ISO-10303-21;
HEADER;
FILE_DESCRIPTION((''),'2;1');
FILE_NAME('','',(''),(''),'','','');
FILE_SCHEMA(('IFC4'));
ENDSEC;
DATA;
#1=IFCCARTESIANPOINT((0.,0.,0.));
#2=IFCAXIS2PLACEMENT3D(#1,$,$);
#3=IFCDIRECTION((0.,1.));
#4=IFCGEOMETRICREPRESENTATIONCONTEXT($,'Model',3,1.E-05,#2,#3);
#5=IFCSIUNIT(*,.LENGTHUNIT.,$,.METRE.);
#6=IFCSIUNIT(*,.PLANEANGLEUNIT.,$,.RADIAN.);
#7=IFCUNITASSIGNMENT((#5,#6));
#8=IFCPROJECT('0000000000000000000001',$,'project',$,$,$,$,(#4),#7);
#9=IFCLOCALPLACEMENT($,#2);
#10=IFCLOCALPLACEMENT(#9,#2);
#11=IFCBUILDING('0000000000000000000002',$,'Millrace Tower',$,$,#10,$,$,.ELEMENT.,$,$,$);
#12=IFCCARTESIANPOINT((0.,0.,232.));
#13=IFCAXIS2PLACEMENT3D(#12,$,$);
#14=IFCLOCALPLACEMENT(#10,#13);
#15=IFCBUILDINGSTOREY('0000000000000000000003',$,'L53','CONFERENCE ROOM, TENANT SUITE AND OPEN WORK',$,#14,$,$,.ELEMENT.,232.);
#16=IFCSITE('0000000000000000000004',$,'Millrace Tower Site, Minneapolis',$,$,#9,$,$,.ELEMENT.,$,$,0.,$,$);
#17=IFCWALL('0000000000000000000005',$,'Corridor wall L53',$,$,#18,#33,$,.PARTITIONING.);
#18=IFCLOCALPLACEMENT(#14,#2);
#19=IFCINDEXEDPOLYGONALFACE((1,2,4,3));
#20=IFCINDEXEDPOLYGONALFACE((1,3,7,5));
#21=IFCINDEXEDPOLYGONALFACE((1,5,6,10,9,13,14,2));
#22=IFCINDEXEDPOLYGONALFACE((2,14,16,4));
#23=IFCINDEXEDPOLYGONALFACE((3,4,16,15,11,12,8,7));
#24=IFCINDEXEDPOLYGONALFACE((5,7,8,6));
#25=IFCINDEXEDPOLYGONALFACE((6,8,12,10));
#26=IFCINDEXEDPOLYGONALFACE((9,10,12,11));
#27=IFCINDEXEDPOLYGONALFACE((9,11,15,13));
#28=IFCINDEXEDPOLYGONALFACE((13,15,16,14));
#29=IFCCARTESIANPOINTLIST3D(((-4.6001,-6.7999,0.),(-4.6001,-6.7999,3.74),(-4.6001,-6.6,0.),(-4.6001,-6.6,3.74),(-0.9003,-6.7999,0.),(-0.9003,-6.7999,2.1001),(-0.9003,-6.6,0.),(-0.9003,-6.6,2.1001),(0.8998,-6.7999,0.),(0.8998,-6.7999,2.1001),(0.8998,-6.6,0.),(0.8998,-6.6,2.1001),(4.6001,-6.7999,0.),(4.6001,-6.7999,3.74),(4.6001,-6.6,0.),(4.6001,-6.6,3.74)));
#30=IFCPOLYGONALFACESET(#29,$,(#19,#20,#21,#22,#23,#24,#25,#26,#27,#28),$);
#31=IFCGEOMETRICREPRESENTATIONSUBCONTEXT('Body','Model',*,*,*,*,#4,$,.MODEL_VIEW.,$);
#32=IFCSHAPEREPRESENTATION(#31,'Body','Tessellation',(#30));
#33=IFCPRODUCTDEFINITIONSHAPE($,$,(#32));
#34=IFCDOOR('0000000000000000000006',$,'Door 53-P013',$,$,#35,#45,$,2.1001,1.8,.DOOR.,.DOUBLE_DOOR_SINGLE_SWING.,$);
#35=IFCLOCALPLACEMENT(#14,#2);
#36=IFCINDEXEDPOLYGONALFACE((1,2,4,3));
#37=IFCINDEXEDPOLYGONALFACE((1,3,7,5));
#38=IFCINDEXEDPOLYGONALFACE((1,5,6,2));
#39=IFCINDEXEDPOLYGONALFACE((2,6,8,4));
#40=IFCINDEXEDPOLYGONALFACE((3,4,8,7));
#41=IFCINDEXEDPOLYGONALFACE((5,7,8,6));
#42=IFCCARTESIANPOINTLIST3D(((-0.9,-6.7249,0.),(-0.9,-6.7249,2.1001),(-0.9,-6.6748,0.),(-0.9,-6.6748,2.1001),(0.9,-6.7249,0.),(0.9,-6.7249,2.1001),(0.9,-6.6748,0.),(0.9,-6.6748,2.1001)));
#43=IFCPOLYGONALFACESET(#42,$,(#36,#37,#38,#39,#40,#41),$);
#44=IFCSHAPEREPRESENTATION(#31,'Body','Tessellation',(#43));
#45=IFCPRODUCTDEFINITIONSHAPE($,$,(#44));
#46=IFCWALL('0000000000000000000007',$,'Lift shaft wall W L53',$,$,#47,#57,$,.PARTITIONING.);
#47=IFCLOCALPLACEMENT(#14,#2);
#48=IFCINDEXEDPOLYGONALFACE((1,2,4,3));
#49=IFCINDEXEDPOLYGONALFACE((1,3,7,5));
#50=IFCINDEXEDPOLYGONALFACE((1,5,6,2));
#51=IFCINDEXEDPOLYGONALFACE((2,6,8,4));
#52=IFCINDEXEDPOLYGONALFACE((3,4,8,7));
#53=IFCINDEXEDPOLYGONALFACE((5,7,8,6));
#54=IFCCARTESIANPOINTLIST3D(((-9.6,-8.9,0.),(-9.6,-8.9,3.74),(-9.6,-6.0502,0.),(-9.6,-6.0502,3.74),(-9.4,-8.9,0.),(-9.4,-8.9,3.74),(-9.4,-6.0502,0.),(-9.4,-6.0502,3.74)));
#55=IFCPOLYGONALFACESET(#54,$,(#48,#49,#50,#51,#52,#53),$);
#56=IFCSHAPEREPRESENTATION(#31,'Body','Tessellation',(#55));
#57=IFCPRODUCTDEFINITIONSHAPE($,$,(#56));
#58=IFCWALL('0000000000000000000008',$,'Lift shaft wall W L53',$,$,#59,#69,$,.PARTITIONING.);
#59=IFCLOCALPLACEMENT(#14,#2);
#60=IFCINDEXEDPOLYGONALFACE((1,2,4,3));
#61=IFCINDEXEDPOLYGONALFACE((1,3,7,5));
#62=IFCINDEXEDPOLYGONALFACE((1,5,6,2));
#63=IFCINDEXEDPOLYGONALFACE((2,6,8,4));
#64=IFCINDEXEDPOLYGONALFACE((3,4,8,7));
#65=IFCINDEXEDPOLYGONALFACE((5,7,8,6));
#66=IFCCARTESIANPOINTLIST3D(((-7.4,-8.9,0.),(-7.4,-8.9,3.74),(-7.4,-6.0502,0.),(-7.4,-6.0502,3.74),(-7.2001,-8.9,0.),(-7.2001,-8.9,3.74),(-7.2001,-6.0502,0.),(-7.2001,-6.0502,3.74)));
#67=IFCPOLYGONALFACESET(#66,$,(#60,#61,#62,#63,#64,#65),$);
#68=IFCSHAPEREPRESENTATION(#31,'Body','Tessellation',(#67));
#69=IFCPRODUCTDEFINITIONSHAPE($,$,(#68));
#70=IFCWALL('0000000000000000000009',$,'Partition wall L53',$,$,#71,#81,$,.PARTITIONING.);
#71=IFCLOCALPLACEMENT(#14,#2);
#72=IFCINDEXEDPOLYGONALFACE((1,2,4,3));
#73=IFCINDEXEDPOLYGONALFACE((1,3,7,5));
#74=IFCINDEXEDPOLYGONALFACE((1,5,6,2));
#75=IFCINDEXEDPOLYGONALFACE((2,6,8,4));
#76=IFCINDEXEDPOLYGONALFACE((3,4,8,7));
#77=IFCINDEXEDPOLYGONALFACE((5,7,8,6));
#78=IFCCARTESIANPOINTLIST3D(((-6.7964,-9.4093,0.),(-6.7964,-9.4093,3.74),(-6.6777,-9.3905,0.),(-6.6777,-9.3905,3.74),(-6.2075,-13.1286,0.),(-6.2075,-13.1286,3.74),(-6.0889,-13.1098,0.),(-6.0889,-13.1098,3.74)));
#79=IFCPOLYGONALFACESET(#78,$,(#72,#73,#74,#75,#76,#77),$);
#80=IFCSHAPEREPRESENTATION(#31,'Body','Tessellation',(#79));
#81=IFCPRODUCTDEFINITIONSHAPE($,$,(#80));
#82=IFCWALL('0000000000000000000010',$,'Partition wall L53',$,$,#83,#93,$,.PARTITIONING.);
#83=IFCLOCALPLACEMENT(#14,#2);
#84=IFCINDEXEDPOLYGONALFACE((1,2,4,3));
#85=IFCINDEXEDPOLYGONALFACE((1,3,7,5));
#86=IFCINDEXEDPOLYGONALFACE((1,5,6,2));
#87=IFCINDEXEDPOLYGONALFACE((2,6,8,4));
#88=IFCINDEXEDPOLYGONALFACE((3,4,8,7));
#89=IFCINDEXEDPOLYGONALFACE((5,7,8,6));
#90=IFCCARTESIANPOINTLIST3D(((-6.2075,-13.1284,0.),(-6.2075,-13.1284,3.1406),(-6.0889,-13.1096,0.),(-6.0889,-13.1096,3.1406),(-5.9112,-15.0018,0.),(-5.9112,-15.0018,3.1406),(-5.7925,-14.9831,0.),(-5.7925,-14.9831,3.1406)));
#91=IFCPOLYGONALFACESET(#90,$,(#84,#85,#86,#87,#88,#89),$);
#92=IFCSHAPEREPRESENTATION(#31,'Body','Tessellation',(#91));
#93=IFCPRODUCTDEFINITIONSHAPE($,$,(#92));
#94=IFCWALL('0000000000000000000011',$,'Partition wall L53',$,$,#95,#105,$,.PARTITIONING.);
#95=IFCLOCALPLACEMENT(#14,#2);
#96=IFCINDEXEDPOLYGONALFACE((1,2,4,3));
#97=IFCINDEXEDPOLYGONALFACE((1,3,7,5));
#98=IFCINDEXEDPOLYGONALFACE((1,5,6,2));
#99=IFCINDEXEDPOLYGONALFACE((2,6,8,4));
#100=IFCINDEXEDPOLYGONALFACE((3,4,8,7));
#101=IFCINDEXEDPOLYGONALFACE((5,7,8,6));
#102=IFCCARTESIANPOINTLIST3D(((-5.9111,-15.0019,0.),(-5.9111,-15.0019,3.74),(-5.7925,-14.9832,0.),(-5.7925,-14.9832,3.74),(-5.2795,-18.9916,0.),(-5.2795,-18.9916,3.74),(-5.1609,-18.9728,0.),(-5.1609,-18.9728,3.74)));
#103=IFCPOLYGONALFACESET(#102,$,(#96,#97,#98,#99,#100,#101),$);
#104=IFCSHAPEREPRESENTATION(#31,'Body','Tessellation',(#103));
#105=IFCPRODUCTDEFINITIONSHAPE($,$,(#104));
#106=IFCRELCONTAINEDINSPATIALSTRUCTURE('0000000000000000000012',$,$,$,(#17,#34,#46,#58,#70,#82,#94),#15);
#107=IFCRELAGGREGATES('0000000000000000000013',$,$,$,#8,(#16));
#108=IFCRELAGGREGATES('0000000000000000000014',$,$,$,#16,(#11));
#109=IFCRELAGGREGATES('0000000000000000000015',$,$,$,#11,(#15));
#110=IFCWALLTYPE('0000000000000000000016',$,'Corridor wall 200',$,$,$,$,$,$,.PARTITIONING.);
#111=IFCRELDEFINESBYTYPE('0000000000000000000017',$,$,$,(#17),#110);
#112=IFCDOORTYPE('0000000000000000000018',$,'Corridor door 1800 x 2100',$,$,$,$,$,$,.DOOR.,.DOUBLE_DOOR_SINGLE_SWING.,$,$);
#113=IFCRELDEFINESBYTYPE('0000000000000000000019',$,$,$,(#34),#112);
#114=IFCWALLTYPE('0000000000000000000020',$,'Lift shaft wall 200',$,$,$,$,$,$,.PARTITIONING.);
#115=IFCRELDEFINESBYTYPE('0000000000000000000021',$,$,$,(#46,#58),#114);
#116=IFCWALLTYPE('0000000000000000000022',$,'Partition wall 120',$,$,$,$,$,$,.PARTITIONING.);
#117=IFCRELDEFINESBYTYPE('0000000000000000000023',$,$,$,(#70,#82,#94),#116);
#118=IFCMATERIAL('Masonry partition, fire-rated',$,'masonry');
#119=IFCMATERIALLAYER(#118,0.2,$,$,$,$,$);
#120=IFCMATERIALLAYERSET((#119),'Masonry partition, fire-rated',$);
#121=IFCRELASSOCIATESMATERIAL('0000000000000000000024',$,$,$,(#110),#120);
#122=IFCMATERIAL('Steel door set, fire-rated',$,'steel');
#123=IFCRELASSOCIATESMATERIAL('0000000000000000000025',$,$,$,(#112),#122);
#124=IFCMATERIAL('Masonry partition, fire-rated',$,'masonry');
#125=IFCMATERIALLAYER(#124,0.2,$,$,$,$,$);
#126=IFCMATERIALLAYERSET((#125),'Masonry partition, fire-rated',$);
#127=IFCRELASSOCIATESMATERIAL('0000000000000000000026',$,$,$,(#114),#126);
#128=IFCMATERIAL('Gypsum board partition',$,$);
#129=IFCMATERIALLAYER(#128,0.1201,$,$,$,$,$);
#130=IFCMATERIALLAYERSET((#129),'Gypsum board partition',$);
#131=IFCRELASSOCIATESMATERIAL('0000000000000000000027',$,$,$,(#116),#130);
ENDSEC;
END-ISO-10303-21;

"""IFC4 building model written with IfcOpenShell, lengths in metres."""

from ifc_helpers import new_model, si_unit, direction, frame, frame_2d, origin, place, context, subcontext, project, spatial, rectangle, extrude, material, layer, layer_set, type_object, element, fill, save


model = new_model("IFC4")

# Units and contexts
model_context = context("Model", 3, precision=1e-05, world=origin(), true_north=direction((0.0, 1.0)))
body_context = subcontext(model_context, "Body", "Model", "MODEL_VIEW")
ifc_project = project(units=[si_unit("LENGTHUNIT", "METRE"), si_unit("PLANEANGLEUNIT", "RADIAN")], contexts=[model_context])

# Site, building, storey
site_placement = place(None, origin())
site = spatial("IfcSite", under=ifc_project, at=site_placement, Name="Millrace Tower Site, Minneapolis", CompositionType="ELEMENT", RefElevation=0.0)
building_placement = place(site_placement, origin())
building = spatial("IfcBuilding", under=site, at=building_placement, Name="Millrace Tower", CompositionType="ELEMENT")
storey_placement = place(building_placement, frame((0.0, 0.0, 232.0)))
storey = spatial("IfcBuildingStorey", under=building, at=storey_placement, Name="L53", Description="CONFERENCE ROOM, TENANT SUITE AND OPEN WORK", CompositionType="ELEMENT", Elevation=232.0)

# Wall, opening, door
ifc_material_1 = material(Name="Masonry partition, fire-rated", Category="masonry")
ifc_layer_1 = layer(ifc_material_1, 0.2)
ifc_layer_set_1 = layer_set([ifc_layer_1], Name="Masonry partition, fire-rated")
wall_type_1 = type_object("IfcWallType", Name="Corridor wall 200", PredefinedType="PARTITIONING", material=ifc_layer_set_1)
wall_1_placement = place(storey_placement, frame((-4.6001, -6.7, 0.0), z_axis=(0.0, 0.0, 1.0), x_axis=(1.0, 0.0, 0.0)))
wall_1 = element("IfcWall", 1, at=wall_1_placement, inside=storey, type_object=wall_type_1, Name="Corridor wall L53", PredefinedType="PARTITIONING", context=body_context, shape_type="SweptSolid", body=[
    extrude(rectangle(XDim=9.2002, YDim=0.2, at=frame_2d((4.6001, 0.0))), origin(), (0.0, 0.0, 1.0), 3.74),
])
opening_placement = place(wall_1_placement, frame((3.7, 0.0, 0.0)))
opening = element("IfcOpeningElement", 2, at=opening_placement, cuts=wall_1, PredefinedType="OPENING", context=body_context, shape_type="SweptSolid", body=[
    extrude(rectangle(XDim=1.8, YDim=2.1001, at=frame_2d((0.8999, 1.05))), frame((0.0, 0.1099, 0.0), z_axis=(0.0, -1.0, 0.0), x_axis=(1.0, 0.0, 0.0)), (0.0, 0.0, 1.0), 0.22),
])
ifc_material_2 = material(Name="Steel door set, fire-rated", Category="steel")
door_type = type_object("IfcDoorType", Name="Corridor door 1800 x 2100", OperationType="DOUBLE_DOOR_SINGLE_SWING", PredefinedType="DOOR", material=ifc_material_2)
door_placement = place(opening_placement, frame((1.8, 0.0, 0.0), z_axis=(0.0, 0.0, 1.0), x_axis=(-1.0, 0.0, 0.0)))
door = element("IfcDoor", 3, at=door_placement, inside=storey, type_object=door_type, Name="Door 53-P013", OperationType="DOUBLE_DOOR_SINGLE_SWING", OverallHeight=2.1001, OverallWidth=1.8, PredefinedType="DOOR", context=body_context, shape_type="SweptSolid", body=[
    extrude(rectangle(XDim=1.8, YDim=2.1001, at=frame_2d((0.8999, 1.05))), frame((0.0, 0.0249, 0.0), z_axis=(0.0, -1.0, 0.0), x_axis=(1.0, 0.0, 0.0)), (0.0, 0.0, 1.0), 0.05),
])
fill(opening, door)

# Walls
ifc_material_3 = material(Name="Masonry partition, fire-rated", Category="masonry")
ifc_layer_2 = layer(ifc_material_3, 0.2)
ifc_layer_set_2 = layer_set([ifc_layer_2], Name="Masonry partition, fire-rated")
wall_type_2 = type_object("IfcWallType", Name="Lift shaft wall 200", PredefinedType="PARTITIONING", material=ifc_layer_set_2)
for number, where, z_axis, x_axis, name in (
    (4, (-9.5, -8.8999, 0.0), (0.0, 0.0, 1.0), (0.0, 1.0, 0.0), "Lift shaft wall W L53"),
    (5, (-7.3, -8.8999, 0.0), (0.0, 0.0, 1.0), (0.0, 1.0, 0.0), "Lift shaft wall W L53"),
):
    element("IfcWall", number, at=place(storey_placement, frame(where, z_axis=z_axis, x_axis=x_axis)), inside=storey, type_object=wall_type_2, Name=name, PredefinedType="PARTITIONING", context=body_context, shape_type="SweptSolid", body=[
        extrude(rectangle(XDim=2.8499, YDim=0.2, at=frame_2d((1.4248, 0.0))), origin(), (0.0, 0.0, 1.0), 3.74),
    ])
ifc_material_4 = material(Name="Gypsum board partition")
ifc_layer_3 = layer(ifc_material_4, 0.1201)
ifc_layer_set_3 = layer_set([ifc_layer_3], Name="Gypsum board partition")
wall_type_3 = type_object("IfcWallType", Name="Partition wall 120", PredefinedType="PARTITIONING", material=ifc_layer_set_3)
wall_2_placement = place(storey_placement, frame((-6.7371, -9.3999, 0.0), z_axis=(0.0, 0.0, 1.0), x_axis=(0.156382, -0.987697, 0.0)))
element("IfcWall", 6, at=wall_2_placement, inside=storey, type_object=wall_type_3, Name="Partition wall L53", PredefinedType="PARTITIONING", context=body_context, shape_type="SweptSolid", body=[
    extrude(rectangle(XDim=3.7656, YDim=0.1201, at=frame_2d((1.8828, 0.0))), origin(), (0.0, 0.0, 1.0), 3.74),
])
wall_3_placement = place(storey_placement, frame((-6.1482, -13.1191, 0.0), z_axis=(0.0, 0.0, 1.0), x_axis=(0.156253, -0.987717, 0.0)))
element("IfcWall", 7, at=wall_3_placement, inside=storey, type_object=wall_type_3, Name="Partition wall L53", PredefinedType="PARTITIONING", context=body_context, shape_type="SweptSolid", body=[
    extrude(rectangle(XDim=1.8967, YDim=0.1201, at=frame_2d((0.9482, 0.0))), origin(), (0.0, 0.0, 1.0), 3.1406),
])
wall_4_placement = place(storey_placement, frame((-5.8518, -14.9927, 0.0), z_axis=(0.0, 0.0, 1.0), x_axis=(0.156366, -0.987699, 0.0)))
element("IfcWall", 8, at=wall_4_placement, inside=storey, type_object=wall_type_3, Name="Partition wall L53", PredefinedType="PARTITIONING", context=body_context, shape_type="SweptSolid", body=[
    extrude(rectangle(XDim=4.0393, YDim=0.1201, at=frame_2d((2.0195, 0.0))), origin(), (0.0, 0.0, 1.0), 3.74),
])

save(model, "model.ifc")
